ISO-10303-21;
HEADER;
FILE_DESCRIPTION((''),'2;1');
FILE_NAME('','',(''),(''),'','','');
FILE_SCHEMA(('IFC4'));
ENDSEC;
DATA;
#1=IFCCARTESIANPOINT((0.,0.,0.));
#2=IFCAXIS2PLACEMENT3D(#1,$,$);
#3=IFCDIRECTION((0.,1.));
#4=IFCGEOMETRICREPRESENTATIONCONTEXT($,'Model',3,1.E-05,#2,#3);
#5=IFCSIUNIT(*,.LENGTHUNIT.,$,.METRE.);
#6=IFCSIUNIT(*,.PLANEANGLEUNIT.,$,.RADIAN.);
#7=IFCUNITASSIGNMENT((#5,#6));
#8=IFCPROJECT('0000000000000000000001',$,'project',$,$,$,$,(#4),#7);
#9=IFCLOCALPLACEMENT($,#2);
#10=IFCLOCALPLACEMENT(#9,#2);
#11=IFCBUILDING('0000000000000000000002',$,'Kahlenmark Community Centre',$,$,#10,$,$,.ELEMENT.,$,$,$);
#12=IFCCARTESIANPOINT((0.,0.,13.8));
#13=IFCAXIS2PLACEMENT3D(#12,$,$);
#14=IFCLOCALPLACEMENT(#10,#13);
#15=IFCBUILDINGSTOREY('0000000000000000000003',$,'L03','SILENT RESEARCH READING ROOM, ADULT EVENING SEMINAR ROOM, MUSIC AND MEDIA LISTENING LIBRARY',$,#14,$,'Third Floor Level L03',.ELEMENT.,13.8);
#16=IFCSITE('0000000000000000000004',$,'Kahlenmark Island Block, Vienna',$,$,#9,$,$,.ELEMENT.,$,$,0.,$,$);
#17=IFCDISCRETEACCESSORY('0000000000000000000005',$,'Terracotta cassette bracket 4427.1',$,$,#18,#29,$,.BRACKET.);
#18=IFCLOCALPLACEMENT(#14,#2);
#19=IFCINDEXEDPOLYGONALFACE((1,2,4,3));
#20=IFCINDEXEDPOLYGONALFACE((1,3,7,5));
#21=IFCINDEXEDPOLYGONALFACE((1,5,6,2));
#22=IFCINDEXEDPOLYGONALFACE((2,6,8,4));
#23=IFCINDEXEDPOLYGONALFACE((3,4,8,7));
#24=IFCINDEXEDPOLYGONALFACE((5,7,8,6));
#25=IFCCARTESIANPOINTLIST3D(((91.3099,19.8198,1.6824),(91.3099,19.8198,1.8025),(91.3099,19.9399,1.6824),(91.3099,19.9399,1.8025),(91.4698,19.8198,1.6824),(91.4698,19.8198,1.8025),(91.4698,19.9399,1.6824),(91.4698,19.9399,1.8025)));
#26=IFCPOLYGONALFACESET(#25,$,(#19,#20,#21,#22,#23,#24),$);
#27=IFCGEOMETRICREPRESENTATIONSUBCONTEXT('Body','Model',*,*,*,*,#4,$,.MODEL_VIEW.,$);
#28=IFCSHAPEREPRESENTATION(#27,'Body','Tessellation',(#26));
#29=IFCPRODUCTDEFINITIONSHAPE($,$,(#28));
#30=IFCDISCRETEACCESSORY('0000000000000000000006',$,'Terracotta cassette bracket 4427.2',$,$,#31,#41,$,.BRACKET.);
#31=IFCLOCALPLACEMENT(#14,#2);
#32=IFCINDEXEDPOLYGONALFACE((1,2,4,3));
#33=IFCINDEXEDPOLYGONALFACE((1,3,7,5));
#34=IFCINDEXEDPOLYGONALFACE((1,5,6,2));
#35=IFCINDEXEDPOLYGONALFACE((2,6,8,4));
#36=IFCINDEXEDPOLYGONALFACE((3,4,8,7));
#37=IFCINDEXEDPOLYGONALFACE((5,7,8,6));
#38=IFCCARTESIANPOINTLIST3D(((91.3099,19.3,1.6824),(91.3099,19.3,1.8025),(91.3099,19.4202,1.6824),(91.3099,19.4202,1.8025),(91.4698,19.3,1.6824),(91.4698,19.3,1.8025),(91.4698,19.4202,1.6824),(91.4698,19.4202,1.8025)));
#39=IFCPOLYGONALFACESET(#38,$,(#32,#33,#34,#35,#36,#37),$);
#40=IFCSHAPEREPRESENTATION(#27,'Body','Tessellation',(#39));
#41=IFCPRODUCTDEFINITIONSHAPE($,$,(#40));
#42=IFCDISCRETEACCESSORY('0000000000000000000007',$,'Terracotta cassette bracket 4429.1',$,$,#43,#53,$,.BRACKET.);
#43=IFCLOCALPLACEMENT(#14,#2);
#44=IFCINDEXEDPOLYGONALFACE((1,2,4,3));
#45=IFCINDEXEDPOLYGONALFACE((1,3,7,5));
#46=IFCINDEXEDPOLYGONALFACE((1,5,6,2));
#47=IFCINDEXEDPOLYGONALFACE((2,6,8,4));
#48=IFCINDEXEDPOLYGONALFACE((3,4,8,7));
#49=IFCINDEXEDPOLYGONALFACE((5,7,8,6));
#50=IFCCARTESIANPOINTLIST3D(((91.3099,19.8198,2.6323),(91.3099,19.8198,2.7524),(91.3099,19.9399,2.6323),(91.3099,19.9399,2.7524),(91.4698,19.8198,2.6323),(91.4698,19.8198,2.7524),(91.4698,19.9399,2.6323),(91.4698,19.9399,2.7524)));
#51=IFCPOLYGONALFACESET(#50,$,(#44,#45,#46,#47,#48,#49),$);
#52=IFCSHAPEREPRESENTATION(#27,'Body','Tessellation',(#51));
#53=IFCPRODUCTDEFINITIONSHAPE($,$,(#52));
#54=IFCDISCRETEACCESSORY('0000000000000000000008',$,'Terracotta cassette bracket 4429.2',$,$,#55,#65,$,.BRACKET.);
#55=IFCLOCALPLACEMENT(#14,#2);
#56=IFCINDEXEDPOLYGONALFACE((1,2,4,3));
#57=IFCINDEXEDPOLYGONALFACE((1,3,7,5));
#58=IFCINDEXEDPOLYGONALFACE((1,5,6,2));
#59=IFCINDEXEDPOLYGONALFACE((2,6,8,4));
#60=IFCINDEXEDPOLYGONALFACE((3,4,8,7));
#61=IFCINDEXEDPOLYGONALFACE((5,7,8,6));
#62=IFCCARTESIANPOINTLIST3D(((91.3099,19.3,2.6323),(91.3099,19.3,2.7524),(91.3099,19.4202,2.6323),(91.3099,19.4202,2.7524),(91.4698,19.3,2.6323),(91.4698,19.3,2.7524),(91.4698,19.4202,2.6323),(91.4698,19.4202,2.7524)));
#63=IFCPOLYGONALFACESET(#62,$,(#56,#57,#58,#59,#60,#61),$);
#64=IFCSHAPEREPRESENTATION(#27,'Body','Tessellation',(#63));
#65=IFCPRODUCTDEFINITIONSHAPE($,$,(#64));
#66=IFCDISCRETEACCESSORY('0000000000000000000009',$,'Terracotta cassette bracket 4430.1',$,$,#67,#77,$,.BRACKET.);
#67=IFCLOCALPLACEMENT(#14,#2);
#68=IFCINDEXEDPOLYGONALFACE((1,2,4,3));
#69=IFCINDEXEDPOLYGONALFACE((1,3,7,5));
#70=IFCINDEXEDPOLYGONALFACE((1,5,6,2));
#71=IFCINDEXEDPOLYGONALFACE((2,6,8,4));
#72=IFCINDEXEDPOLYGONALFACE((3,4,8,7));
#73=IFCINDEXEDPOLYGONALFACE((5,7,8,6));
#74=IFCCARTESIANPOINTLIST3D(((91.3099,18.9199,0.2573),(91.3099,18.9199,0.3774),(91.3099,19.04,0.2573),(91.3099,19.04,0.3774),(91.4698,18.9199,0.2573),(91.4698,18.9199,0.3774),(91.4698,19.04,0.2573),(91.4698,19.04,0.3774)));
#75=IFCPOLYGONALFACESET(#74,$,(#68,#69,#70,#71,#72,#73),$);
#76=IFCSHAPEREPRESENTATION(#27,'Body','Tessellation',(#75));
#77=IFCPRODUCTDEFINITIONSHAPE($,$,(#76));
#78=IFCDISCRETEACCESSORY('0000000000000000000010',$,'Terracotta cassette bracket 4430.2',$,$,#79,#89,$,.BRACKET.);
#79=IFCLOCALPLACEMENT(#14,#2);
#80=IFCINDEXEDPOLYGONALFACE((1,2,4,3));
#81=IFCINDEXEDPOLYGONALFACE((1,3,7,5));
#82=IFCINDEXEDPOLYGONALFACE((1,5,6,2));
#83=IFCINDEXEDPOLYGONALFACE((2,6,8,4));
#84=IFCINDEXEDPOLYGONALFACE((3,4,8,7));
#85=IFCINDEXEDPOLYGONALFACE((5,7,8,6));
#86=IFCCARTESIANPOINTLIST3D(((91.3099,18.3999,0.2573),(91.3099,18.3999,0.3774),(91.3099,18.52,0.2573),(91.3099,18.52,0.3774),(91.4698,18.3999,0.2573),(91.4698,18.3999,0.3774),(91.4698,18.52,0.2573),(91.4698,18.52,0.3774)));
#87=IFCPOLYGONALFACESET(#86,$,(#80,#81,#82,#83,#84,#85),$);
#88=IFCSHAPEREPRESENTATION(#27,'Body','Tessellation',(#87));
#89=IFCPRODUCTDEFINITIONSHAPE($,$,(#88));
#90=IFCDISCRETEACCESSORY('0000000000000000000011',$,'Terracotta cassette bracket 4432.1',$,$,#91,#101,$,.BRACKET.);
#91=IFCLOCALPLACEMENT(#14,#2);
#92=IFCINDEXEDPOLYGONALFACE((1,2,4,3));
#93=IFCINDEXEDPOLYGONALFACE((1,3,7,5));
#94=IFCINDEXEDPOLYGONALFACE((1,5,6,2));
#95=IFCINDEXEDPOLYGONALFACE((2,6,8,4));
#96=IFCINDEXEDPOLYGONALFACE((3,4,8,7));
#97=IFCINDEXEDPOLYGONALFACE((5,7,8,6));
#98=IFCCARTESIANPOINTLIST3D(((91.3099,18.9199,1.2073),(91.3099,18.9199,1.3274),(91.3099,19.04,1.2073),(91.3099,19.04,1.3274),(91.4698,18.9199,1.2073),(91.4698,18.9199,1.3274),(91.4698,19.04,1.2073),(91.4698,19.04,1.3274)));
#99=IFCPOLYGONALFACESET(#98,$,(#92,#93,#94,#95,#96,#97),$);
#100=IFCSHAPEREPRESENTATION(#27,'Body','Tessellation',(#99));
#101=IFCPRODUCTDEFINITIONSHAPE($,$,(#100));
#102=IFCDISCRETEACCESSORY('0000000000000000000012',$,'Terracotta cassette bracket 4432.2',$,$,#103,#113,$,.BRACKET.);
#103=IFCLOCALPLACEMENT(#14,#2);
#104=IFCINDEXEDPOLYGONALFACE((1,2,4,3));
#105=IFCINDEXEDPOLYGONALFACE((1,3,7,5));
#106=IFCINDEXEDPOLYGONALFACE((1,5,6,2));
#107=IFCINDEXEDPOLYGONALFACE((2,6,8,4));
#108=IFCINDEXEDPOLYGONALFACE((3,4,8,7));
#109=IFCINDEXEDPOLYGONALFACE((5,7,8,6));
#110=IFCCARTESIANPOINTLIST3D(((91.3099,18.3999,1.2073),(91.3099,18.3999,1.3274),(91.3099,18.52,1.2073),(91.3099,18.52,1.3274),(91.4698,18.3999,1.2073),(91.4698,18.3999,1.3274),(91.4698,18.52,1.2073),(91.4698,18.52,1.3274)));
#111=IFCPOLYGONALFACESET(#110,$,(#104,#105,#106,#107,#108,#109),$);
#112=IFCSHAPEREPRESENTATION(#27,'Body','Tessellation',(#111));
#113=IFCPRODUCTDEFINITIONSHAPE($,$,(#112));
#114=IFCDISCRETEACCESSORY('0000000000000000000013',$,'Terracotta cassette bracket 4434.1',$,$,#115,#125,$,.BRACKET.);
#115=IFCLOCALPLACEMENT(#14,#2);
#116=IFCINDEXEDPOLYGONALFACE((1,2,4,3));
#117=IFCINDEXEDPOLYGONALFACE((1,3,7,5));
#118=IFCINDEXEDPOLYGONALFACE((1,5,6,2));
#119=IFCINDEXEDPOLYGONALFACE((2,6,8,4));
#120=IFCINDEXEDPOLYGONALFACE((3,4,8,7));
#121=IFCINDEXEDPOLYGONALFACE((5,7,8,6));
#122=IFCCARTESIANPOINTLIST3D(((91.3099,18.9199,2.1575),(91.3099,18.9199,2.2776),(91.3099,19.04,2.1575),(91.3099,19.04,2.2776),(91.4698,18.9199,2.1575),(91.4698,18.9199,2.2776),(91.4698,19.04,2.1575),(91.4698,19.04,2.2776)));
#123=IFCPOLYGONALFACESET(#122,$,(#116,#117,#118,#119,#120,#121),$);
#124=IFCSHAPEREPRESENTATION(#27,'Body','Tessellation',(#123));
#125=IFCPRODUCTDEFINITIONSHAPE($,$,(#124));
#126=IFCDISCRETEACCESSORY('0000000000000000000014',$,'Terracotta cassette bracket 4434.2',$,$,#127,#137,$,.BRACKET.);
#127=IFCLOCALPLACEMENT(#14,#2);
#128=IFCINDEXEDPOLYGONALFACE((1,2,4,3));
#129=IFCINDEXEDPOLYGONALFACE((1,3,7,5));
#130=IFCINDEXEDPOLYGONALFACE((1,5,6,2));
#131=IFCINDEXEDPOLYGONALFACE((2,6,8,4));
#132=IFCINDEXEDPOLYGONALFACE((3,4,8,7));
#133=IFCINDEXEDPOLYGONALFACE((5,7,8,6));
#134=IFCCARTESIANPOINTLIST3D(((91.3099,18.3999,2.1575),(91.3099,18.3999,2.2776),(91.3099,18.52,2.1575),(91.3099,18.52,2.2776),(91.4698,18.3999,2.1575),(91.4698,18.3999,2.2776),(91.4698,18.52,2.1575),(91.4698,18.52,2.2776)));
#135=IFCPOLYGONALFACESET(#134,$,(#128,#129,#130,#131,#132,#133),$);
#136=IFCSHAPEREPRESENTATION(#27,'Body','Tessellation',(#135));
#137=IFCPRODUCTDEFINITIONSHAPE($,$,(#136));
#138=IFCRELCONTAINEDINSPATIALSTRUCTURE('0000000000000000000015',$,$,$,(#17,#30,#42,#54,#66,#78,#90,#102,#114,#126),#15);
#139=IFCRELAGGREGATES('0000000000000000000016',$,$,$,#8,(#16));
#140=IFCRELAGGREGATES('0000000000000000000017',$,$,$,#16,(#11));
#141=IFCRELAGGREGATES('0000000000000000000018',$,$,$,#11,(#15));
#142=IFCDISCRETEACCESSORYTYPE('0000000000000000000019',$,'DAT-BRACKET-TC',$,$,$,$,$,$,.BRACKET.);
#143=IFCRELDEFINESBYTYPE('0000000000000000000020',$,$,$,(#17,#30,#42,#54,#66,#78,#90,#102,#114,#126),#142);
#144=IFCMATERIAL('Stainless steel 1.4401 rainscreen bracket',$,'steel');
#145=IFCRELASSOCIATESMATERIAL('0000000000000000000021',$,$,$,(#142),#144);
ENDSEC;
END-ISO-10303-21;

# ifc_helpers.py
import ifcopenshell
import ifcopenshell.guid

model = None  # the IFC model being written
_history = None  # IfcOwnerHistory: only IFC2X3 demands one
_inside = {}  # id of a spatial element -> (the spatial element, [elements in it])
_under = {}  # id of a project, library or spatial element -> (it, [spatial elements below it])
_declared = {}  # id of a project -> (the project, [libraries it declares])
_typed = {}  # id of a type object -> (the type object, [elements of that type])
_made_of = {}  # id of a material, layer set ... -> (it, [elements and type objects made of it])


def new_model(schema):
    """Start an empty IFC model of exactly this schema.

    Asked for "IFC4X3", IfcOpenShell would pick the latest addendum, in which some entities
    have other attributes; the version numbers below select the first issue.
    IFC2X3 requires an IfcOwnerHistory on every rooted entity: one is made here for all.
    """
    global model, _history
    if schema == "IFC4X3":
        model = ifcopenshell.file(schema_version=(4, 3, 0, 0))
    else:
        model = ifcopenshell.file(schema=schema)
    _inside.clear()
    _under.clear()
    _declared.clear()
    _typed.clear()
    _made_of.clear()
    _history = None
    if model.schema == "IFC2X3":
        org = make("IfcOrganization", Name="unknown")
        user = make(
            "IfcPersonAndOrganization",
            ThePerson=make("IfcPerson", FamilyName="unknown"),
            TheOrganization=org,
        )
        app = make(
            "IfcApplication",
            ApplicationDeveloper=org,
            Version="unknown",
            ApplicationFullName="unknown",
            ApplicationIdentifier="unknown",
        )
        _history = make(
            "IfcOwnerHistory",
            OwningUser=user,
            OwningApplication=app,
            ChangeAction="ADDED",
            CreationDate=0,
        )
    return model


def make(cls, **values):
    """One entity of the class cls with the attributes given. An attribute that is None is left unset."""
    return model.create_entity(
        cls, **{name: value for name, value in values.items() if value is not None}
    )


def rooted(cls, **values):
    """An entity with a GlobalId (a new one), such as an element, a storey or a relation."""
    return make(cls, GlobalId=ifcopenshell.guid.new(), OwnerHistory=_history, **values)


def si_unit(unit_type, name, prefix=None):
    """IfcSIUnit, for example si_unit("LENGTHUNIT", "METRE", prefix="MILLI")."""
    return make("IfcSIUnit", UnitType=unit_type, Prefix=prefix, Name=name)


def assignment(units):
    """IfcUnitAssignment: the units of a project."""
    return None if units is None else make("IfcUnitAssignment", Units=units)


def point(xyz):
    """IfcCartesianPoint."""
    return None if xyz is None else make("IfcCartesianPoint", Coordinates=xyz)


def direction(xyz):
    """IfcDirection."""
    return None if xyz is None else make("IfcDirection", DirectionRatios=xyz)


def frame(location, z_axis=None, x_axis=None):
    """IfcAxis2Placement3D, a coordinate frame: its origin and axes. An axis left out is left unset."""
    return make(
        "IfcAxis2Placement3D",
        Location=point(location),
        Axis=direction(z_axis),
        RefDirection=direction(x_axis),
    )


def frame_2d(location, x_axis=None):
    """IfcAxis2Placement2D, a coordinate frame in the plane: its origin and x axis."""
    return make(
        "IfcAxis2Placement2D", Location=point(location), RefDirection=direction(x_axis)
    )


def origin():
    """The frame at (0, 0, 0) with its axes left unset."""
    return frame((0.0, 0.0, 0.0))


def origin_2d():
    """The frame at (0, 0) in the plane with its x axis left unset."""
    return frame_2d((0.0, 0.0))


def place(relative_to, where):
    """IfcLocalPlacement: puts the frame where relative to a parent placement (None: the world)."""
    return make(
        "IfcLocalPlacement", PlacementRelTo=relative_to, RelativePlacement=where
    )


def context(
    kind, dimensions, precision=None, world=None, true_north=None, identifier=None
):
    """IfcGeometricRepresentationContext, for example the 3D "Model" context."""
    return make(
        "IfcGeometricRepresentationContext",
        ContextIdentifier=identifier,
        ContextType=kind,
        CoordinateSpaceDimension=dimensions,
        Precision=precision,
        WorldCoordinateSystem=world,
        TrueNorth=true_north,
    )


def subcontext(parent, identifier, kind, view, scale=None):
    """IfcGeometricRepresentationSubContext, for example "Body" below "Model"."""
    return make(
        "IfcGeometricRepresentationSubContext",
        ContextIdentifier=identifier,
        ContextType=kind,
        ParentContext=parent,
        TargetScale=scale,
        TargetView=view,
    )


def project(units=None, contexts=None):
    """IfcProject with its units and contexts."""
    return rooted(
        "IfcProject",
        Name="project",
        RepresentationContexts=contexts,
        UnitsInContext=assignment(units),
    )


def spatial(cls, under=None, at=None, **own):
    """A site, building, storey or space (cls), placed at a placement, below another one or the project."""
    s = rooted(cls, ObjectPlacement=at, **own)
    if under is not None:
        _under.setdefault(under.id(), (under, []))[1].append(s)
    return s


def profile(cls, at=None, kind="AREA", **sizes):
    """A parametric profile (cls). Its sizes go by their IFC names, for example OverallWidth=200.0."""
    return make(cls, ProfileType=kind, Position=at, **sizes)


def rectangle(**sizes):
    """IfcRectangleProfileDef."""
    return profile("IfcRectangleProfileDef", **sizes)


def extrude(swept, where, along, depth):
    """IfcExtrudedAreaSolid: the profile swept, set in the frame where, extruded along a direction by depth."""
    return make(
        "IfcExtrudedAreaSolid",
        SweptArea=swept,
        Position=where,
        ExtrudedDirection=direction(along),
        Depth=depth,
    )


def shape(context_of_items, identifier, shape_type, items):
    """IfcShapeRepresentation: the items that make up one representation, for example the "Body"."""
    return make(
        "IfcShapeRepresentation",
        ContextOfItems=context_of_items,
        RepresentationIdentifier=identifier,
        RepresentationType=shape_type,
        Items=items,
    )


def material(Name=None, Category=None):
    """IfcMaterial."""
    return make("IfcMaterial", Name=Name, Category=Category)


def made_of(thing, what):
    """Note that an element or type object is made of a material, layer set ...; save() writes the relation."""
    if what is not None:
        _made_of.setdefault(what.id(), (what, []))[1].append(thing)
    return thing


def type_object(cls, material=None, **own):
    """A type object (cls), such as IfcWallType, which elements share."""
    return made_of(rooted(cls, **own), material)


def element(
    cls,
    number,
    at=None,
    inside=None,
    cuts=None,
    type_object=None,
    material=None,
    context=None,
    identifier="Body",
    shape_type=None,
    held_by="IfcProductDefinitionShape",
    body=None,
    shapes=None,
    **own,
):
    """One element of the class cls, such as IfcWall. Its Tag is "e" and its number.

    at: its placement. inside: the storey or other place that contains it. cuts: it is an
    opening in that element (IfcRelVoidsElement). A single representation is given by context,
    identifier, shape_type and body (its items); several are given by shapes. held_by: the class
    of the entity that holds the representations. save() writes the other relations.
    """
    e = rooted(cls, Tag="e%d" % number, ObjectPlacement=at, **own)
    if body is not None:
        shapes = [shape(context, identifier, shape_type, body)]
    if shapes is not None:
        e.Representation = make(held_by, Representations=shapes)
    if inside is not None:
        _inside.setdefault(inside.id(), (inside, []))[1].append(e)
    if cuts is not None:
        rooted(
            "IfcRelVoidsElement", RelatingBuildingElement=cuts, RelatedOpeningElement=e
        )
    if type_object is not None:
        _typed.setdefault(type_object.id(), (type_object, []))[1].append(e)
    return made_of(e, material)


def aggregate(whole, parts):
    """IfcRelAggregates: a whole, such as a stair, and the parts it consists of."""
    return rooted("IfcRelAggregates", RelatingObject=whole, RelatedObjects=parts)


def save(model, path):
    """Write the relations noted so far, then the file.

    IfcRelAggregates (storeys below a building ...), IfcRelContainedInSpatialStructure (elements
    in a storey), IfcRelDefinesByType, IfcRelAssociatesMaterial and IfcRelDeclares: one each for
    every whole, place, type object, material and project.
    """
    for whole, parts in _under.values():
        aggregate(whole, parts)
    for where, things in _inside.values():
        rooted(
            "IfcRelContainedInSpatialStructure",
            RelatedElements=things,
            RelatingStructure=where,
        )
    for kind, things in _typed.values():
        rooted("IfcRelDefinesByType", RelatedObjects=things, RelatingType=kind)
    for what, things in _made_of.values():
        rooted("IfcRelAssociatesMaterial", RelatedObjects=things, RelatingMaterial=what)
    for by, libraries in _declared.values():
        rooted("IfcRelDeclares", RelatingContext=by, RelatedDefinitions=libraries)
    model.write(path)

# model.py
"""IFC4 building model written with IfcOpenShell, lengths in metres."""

from ifc_helpers import new_model, si_unit, direction, frame, origin, origin_2d, place, context, subcontext, project, spatial, rectangle, extrude, material, type_object, element, save


model = new_model("IFC4")

# Units and contexts
model_context = context("Model", 3, precision=1e-05, world=origin(), true_north=direction((0.0, 1.0)))
body_context = subcontext(model_context, "Body", "Model", "MODEL_VIEW")
ifc_project = project(units=[si_unit("LENGTHUNIT", "METRE"), si_unit("PLANEANGLEUNIT", "RADIAN")], contexts=[model_context])

# Site, building, storey
site_placement = place(None, origin())
site = spatial("IfcSite", under=ifc_project, at=site_placement, Name="Kahlenmark Island Block, Vienna", CompositionType="ELEMENT", RefElevation=0.0)
building_placement = place(site_placement, origin())
building = spatial("IfcBuilding", under=site, at=building_placement, Name="Kahlenmark Community Centre", CompositionType="ELEMENT")
storey_placement = place(building_placement, frame((0.0, 0.0, 13.8)))
storey = spatial("IfcBuildingStorey", under=building, at=storey_placement, Name="L03", Description="SILENT RESEARCH READING ROOM, ADULT EVENING SEMINAR ROOM, MUSIC AND MEDIA LISTENING LIBRARY", LongName="Third Floor Level L03", CompositionType="ELEMENT", Elevation=13.8)

# Discrete accessories
ifc_material_1 = material(Name="Stainless steel 1.4401 rainscreen bracket", Category="steel")
discrete_accessory_type = type_object("IfcDiscreteAccessoryType", Name="DAT-BRACKET-TC", PredefinedType="BRACKET", material=ifc_material_1)
for number, where, z_axis, x_axis, name in (
    (1, (91.3899, 19.8799, 1.6824), (0.0, 0.0, 1.0), (0.0, -1.0, 0.0), "Terracotta cassette bracket 4427.1"),
    (2, (91.3899, 19.3601, 1.6824), (0.0, 0.0, 1.0), (0.0, -1.0, 0.0), "Terracotta cassette bracket 4427.2"),
    (3, (91.3899, 19.8799, 2.6323), (0.0, 0.0, 1.0), (0.0, -1.0, 0.0), "Terracotta cassette bracket 4429.1"),
    (4, (91.3899, 19.3601, 2.6323), (0.0, 0.0, 1.0), (0.0, -1.0, 0.0), "Terracotta cassette bracket 4429.2"),
    (5, (91.3899, 18.98, 0.2573), (0.0, 0.0, 1.0), (0.0, -1.0, 0.0), "Terracotta cassette bracket 4430.1"),
    (6, (91.3899, 18.46, 0.2573), (0.0, 0.0, 1.0), (0.0, -1.0, 0.0), "Terracotta cassette bracket 4430.2"),
    (7, (91.3899, 18.98, 1.2073), (0.0, 0.0, 1.0), (0.0, -1.0, 0.0), "Terracotta cassette bracket 4432.1"),
    (8, (91.3899, 18.46, 1.2073), (0.0, 0.0, 1.0), (0.0, -1.0, 0.0), "Terracotta cassette bracket 4432.2"),
    (9, (91.3899, 18.98, 2.1575), (0.0, 0.0, 1.0), (0.0, -1.0, 0.0), "Terracotta cassette bracket 4434.1"),
    (10, (91.3899, 18.46, 2.1575), (0.0, 0.0, 1.0), (0.0, -1.0, 0.0), "Terracotta cassette bracket 4434.2"),
):
    element("IfcDiscreteAccessory", number, at=place(storey_placement, frame(where, z_axis=z_axis, x_axis=x_axis)), inside=storey, type_object=discrete_accessory_type, Name=name, PredefinedType="BRACKET", context=body_context, shape_type="SweptSolid", body=[
        extrude(rectangle(XDim=0.1201, YDim=0.1599, at=origin_2d()), origin(), (0.0, 0.0, 1.0), 0.1201),
    ])

save(model, "model.ifc")
